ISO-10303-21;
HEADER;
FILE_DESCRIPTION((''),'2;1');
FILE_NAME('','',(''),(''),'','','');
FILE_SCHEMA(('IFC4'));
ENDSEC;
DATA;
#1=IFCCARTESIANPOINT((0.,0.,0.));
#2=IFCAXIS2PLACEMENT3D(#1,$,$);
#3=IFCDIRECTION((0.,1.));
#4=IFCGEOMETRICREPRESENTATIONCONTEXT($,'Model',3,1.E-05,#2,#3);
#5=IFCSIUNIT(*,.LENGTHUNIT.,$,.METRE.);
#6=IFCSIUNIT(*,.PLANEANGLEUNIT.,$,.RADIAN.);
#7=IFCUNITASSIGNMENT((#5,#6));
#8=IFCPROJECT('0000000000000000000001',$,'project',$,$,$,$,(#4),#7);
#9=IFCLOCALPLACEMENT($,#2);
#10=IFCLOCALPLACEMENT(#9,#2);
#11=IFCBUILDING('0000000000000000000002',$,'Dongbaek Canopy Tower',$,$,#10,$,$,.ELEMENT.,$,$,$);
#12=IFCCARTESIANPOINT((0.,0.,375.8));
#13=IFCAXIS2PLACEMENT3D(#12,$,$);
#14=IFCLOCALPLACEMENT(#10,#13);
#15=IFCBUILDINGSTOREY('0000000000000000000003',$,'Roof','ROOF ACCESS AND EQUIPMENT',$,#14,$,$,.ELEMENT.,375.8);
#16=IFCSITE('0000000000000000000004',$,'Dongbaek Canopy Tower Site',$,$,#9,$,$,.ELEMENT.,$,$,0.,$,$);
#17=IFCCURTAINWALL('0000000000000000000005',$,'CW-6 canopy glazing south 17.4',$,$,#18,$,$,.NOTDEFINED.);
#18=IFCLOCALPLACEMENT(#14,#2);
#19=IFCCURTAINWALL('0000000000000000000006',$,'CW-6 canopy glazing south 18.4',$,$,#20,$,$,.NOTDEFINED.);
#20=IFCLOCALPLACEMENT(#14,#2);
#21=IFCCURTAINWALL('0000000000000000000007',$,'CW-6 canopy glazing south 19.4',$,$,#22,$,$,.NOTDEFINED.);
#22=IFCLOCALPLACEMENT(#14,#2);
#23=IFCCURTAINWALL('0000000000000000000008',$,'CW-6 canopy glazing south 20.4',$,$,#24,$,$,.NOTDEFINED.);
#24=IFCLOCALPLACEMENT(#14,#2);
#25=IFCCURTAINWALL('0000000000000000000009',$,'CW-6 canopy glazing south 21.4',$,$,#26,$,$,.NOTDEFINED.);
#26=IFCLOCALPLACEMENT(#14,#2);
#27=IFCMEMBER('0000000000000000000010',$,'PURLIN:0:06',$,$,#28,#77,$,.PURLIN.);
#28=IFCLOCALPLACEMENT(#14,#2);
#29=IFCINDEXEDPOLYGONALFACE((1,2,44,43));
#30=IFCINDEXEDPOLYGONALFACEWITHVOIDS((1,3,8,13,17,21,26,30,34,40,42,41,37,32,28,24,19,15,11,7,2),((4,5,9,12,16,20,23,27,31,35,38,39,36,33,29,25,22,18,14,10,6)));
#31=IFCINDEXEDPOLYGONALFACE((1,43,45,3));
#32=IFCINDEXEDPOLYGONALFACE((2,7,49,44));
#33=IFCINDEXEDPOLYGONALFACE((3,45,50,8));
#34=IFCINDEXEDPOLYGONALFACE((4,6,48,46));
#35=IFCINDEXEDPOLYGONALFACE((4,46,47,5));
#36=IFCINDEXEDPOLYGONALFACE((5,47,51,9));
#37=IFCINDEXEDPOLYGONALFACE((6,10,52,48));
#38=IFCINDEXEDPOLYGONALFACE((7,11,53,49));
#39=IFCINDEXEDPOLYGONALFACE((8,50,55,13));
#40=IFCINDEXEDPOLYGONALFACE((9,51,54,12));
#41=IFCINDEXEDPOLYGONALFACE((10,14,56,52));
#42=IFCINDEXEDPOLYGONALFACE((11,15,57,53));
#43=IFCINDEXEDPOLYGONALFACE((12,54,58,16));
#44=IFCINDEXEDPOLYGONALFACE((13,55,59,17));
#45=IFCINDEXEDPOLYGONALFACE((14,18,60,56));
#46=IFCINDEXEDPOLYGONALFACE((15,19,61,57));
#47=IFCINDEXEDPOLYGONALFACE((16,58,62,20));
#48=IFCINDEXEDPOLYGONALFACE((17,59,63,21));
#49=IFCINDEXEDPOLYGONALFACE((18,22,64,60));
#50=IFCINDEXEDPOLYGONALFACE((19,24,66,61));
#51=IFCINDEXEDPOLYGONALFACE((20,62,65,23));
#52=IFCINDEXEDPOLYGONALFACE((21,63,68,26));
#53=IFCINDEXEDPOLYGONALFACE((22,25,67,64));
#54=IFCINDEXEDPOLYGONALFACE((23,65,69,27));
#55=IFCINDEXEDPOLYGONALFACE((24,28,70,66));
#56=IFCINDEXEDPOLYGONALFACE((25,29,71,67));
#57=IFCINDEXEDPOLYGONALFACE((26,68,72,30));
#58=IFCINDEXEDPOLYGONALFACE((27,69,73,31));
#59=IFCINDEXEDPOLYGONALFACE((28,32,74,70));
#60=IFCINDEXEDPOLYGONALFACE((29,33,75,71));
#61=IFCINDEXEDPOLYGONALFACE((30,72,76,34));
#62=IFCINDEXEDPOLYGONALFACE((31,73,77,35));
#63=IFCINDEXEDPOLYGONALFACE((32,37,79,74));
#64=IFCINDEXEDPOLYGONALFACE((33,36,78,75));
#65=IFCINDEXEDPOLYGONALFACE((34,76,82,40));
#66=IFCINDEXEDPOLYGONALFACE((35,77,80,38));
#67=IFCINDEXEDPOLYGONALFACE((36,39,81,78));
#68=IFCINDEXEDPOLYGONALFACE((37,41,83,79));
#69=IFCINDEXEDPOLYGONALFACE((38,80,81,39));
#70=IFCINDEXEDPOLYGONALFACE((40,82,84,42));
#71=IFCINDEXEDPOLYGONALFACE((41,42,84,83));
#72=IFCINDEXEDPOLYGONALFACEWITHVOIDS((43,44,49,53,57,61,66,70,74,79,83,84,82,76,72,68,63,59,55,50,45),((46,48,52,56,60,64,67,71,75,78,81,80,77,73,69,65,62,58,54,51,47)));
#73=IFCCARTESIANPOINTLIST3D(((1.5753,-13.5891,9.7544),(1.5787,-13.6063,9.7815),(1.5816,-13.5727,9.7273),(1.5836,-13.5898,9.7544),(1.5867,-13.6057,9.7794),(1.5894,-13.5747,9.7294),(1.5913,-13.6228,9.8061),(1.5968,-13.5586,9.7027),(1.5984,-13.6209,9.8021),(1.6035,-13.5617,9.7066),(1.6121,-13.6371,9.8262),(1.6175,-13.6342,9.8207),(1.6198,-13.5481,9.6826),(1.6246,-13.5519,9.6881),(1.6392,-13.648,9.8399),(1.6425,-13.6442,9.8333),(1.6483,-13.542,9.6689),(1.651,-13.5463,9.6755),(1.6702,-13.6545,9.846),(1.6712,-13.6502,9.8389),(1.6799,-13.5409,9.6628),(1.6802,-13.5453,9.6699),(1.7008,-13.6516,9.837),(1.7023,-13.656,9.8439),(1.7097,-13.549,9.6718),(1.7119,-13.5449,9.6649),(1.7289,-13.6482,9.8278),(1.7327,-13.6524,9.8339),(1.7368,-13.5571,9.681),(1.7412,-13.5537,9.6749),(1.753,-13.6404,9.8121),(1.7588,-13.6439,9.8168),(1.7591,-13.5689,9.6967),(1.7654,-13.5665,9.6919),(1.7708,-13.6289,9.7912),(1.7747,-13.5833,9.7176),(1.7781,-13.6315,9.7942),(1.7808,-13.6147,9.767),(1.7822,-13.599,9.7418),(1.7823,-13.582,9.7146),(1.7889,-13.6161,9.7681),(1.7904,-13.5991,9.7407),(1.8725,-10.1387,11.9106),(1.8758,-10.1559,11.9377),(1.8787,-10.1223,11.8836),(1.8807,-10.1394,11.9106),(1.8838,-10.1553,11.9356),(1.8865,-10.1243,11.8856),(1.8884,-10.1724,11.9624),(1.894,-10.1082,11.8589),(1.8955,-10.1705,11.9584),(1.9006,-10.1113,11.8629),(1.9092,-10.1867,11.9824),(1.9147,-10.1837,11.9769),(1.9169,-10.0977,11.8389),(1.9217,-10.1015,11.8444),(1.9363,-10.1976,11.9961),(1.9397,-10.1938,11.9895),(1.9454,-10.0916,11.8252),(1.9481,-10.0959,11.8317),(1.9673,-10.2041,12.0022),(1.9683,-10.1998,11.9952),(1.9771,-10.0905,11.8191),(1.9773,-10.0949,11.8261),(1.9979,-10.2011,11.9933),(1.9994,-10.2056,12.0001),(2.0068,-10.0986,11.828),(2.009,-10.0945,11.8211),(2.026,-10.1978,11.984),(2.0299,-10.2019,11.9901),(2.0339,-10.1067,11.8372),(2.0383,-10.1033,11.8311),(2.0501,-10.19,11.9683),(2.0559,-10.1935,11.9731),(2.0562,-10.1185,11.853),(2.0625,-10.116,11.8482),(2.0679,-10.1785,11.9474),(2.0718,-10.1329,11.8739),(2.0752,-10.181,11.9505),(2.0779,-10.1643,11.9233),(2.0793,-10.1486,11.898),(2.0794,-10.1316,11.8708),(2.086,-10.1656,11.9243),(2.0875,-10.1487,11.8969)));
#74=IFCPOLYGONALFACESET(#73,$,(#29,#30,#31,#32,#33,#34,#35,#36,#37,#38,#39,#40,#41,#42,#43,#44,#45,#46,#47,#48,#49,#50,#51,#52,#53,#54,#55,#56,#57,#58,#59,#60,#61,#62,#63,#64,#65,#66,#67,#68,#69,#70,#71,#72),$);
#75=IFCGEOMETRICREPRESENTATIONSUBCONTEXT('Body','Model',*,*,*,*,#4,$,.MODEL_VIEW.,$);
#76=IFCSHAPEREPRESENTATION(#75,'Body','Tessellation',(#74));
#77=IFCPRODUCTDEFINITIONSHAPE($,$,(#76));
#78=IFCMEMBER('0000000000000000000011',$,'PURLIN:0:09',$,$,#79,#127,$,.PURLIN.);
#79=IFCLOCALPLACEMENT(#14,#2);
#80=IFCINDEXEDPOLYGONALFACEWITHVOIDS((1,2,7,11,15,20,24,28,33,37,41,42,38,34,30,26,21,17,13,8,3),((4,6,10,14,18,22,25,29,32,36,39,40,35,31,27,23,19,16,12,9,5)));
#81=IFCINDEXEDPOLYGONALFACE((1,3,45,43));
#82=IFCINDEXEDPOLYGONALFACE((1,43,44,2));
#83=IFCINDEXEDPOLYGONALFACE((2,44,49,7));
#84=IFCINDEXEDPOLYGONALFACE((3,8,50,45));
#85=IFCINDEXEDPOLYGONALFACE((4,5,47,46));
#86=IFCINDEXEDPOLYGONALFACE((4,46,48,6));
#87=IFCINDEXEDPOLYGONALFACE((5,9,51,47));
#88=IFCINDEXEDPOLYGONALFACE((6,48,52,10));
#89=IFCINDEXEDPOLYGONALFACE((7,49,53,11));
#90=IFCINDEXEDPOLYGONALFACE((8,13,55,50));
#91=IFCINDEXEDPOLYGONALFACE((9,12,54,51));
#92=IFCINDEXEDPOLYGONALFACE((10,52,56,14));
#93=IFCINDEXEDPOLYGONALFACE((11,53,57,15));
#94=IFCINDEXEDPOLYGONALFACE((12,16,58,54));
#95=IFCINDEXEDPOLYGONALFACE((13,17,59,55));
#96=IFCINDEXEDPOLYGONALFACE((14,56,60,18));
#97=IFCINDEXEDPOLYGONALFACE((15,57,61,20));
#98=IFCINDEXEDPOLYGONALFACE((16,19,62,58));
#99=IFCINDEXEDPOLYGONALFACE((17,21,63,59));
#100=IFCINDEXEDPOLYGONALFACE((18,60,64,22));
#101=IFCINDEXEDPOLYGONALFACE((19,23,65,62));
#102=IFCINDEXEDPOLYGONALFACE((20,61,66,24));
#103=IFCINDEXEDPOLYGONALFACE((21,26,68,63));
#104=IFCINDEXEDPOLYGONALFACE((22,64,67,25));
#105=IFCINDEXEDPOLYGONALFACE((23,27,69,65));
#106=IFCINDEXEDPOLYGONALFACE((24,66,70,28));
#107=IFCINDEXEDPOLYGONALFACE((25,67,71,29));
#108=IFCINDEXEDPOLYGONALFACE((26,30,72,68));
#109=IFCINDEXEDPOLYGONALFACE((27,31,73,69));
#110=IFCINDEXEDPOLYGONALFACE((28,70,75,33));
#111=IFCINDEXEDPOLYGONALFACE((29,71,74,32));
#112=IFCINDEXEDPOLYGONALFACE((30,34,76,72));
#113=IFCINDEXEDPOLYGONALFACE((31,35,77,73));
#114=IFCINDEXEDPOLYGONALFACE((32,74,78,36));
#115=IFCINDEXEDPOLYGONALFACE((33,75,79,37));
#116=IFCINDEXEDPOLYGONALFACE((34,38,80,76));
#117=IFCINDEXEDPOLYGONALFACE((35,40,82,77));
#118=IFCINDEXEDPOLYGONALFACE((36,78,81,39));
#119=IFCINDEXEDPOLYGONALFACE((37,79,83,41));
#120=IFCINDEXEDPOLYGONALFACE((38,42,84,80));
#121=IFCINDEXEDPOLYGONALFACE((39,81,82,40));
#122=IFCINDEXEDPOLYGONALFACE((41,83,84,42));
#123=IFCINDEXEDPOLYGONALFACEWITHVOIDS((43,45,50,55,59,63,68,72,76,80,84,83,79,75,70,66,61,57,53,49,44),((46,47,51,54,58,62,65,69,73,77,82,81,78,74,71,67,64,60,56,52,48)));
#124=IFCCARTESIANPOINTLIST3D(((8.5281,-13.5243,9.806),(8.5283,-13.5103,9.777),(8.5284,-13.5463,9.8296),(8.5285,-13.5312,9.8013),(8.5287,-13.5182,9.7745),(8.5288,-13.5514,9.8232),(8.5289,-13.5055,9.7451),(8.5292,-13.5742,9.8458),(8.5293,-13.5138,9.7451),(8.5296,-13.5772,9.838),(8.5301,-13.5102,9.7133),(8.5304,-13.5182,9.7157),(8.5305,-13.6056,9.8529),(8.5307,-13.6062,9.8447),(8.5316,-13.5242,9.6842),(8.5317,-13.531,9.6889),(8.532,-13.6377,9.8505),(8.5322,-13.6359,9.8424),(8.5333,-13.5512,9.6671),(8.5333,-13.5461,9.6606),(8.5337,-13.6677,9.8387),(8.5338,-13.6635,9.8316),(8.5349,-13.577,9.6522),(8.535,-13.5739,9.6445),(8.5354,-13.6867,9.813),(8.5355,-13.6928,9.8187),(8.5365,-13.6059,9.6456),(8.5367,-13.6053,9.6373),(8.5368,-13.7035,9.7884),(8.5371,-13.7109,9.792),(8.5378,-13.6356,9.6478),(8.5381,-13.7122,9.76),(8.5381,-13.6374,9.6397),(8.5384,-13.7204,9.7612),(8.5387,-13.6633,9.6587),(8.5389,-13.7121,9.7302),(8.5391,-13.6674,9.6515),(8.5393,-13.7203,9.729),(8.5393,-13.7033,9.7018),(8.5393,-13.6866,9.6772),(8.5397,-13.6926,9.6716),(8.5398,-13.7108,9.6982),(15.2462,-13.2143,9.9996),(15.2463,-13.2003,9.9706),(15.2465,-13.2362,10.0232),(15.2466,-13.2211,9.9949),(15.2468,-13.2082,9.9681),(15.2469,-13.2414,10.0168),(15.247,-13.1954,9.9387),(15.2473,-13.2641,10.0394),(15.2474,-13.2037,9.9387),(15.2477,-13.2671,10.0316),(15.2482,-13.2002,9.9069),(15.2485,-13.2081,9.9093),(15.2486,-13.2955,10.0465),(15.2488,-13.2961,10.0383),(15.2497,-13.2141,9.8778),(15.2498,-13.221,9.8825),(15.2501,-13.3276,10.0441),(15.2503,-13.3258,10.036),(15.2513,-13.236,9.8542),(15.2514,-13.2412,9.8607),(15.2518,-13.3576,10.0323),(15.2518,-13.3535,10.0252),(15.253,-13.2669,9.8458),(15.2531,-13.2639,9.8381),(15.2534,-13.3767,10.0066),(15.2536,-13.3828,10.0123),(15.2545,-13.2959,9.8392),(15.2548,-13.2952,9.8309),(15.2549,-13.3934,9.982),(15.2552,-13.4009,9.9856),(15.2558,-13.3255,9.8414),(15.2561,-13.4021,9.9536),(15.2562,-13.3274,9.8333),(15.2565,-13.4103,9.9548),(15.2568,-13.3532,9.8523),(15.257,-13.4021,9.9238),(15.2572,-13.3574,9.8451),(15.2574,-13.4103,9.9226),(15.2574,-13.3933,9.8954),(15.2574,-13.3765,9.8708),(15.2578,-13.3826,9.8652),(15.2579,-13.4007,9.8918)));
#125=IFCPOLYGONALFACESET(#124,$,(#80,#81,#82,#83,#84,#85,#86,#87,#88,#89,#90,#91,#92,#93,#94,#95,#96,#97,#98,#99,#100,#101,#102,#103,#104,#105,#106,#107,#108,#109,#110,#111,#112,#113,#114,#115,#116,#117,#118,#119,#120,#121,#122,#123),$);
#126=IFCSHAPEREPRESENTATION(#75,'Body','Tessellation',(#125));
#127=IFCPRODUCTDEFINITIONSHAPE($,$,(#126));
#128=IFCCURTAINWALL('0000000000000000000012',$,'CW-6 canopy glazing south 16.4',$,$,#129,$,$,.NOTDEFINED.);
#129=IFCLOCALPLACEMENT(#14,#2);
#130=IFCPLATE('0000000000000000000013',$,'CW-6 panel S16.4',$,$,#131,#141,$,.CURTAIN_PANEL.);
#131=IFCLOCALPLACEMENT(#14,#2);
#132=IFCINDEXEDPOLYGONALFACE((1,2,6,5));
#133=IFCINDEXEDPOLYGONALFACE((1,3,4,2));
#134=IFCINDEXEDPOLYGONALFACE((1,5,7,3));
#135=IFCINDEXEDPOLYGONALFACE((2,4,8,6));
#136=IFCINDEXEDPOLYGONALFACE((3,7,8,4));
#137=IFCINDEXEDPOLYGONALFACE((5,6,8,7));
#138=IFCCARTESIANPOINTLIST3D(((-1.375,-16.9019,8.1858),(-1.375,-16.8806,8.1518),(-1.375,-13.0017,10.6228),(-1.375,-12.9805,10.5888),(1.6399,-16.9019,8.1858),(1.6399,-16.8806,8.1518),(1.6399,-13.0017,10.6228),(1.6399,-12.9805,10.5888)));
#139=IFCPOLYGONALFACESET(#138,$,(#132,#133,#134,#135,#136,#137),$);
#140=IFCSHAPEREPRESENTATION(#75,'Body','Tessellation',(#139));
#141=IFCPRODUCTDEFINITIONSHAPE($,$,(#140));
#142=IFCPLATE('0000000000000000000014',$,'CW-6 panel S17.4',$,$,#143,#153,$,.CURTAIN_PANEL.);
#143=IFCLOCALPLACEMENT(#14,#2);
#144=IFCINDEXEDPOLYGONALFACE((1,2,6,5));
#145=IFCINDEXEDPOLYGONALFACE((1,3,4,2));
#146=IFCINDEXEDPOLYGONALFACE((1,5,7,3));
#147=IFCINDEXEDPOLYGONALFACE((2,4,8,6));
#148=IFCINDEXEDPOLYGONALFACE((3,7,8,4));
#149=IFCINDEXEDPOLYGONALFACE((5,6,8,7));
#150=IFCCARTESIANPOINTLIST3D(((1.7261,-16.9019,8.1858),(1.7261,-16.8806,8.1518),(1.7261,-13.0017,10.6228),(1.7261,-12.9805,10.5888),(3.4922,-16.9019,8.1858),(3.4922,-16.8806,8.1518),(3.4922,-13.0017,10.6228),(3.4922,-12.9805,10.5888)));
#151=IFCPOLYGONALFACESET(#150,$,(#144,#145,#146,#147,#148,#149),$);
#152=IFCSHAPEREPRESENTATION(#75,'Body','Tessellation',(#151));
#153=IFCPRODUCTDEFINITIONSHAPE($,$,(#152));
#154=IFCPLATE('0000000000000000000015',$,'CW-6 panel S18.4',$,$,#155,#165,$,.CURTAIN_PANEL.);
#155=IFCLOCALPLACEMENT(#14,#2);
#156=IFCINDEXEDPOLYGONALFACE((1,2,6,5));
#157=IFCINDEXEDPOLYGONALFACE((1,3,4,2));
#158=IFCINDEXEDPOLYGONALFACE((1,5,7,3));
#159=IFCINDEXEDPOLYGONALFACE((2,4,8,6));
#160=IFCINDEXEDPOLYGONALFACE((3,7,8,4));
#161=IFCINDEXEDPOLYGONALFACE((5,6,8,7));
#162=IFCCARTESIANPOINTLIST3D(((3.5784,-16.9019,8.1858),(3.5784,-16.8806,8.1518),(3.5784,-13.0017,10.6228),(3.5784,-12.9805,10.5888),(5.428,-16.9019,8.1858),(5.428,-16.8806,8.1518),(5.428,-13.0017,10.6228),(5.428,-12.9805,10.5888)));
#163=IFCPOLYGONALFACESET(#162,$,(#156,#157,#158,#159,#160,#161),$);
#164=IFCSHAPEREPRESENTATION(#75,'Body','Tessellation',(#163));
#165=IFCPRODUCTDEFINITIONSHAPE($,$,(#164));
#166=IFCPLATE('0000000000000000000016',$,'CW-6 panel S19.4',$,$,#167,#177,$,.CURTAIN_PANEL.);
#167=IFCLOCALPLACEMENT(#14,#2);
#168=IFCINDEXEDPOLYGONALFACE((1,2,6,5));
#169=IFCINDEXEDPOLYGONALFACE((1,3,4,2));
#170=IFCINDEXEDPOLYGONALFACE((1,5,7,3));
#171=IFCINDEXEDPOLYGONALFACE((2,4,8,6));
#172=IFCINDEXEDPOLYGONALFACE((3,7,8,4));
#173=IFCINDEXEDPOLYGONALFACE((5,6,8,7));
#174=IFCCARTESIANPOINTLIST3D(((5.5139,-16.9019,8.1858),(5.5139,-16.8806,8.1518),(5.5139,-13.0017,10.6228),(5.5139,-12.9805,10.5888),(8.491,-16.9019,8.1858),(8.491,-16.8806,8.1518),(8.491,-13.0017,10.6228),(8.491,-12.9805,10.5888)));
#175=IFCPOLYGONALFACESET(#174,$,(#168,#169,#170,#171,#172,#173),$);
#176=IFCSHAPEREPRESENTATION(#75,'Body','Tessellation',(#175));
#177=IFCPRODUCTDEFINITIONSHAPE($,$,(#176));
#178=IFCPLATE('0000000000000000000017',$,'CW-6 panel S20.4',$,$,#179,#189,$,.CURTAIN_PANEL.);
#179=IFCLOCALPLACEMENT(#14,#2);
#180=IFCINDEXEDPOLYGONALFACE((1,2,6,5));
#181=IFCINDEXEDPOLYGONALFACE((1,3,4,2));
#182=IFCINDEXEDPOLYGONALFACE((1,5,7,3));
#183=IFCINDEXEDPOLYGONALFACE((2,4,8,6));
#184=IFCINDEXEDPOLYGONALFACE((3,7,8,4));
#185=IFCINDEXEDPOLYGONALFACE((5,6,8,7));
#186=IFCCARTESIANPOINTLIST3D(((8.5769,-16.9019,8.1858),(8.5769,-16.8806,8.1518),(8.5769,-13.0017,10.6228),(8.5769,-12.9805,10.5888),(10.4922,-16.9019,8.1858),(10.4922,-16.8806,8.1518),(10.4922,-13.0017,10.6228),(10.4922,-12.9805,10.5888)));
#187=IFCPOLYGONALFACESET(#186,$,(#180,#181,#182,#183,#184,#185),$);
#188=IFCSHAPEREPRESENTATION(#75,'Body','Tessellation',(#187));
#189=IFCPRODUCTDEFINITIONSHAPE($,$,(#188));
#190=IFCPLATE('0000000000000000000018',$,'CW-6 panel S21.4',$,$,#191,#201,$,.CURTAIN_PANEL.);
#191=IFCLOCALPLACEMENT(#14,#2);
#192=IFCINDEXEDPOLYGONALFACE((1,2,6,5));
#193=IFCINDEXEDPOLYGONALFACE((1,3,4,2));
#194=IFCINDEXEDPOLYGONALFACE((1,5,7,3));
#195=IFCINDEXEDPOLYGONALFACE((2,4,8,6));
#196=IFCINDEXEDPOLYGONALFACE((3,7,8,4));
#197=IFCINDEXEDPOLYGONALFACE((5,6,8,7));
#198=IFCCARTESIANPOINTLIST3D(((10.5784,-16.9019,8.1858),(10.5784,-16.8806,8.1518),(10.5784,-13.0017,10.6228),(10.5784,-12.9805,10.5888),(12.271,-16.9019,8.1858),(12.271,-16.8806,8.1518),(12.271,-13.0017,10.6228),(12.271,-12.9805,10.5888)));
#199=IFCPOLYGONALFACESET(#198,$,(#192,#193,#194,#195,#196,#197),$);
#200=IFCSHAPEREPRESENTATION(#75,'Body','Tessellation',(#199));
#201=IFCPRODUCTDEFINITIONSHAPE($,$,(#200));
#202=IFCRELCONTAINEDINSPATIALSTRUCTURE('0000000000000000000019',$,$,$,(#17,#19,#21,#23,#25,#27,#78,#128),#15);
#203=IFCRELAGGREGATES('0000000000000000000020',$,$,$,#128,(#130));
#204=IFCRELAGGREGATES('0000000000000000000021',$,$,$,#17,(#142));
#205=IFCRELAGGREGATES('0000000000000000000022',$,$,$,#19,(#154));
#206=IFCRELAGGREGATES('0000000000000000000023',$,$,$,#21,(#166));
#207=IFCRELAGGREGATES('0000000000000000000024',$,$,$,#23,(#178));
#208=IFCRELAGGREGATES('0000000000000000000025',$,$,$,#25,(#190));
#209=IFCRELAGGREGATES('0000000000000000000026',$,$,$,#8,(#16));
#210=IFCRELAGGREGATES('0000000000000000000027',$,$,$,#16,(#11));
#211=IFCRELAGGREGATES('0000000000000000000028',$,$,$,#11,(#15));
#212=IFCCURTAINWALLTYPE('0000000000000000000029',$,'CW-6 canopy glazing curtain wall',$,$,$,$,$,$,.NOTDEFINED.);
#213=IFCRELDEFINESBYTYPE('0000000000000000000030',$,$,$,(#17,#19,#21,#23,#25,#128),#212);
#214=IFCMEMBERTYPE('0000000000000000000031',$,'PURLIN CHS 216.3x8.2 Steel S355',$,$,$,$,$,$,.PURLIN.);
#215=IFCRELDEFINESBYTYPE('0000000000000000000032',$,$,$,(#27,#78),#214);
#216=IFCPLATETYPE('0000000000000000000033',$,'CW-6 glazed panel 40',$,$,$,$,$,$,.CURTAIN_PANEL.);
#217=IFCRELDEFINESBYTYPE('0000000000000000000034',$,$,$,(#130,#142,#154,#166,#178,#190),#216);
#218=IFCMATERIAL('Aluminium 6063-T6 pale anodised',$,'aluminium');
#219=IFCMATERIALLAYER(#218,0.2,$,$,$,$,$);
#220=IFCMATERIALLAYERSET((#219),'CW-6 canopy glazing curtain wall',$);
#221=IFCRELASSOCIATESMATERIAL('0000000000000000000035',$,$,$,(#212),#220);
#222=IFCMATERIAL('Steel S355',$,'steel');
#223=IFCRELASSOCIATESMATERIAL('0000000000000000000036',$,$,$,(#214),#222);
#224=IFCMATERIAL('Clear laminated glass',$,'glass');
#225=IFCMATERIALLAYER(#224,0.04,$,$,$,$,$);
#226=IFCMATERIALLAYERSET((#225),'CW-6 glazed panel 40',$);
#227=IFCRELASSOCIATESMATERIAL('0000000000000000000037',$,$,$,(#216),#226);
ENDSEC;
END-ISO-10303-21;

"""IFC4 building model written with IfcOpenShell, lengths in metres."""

from ifc_helpers import new_model, si_unit, direction, frame, origin, origin_2d, place, context, subcontext, project, spatial, polyline, hollow_circle, outline, extrude, material, layer, layer_set, material_profile, profile_set, type_object, element, aggregate, save


model = new_model("IFC4")

# Units and contexts
model_context = context("Model", 3, precision=1e-05, world=origin(), true_north=direction((0.0, 1.0)))
body_context = subcontext(model_context, "Body", "Model", "MODEL_VIEW")
ifc_project = project(units=[si_unit("LENGTHUNIT", "METRE"), si_unit("PLANEANGLEUNIT", "RADIAN")], contexts=[model_context])

# Site, building, storey
site_placement = place(None, origin())
site = spatial("IfcSite", under=ifc_project, at=site_placement, Name="Dongbaek Canopy Tower Site", CompositionType="ELEMENT", RefElevation=0.0)
building_placement = place(site_placement, origin())
building = spatial("IfcBuilding", under=site, at=building_placement, Name="Dongbaek Canopy Tower", CompositionType="ELEMENT")
storey_placement = place(building_placement, frame((0.0, 0.0, 375.8)))
storey = spatial("IfcBuildingStorey", under=building, at=storey_placement, Name="Roof", Description="ROOF ACCESS AND EQUIPMENT", CompositionType="ELEMENT", Elevation=375.8)

# Curtain walls
ifc_material_1 = material(Name="Aluminium 6063-T6 pale anodised", Category="aluminium")
ifc_layer_1 = layer(ifc_material_1, 0.2)
ifc_layer_set_1 = layer_set([ifc_layer_1], Name="CW-6 canopy glazing curtain wall")
curtain_wall_type = type_object("IfcCurtainWallType", Name="CW-6 canopy glazing curtain wall", PredefinedType="NOTDEFINED", material=ifc_layer_set_1)
curtain_wall_1_placement = place(storey_placement, origin())
curtain_wall_1 = element("IfcCurtainWall", 1, at=curtain_wall_1_placement, inside=storey, type_object=curtain_wall_type, Name="CW-6 canopy glazing south 17.4", PredefinedType="NOTDEFINED")
curtain_wall_2_placement = place(storey_placement, origin())
curtain_wall_2 = element("IfcCurtainWall", 2, at=curtain_wall_2_placement, inside=storey, type_object=curtain_wall_type, Name="CW-6 canopy glazing south 18.4", PredefinedType="NOTDEFINED")
curtain_wall_3_placement = place(storey_placement, origin())
curtain_wall_3 = element("IfcCurtainWall", 3, at=curtain_wall_3_placement, inside=storey, type_object=curtain_wall_type, Name="CW-6 canopy glazing south 19.4", PredefinedType="NOTDEFINED")
curtain_wall_4_placement = place(storey_placement, origin())
curtain_wall_4 = element("IfcCurtainWall", 4, at=curtain_wall_4_placement, inside=storey, type_object=curtain_wall_type, Name="CW-6 canopy glazing south 20.4", PredefinedType="NOTDEFINED")
curtain_wall_5_placement = place(storey_placement, origin())
curtain_wall_5 = element("IfcCurtainWall", 5, at=curtain_wall_5_placement, inside=storey, type_object=curtain_wall_type, Name="CW-6 canopy glazing south 21.4", PredefinedType="NOTDEFINED")

# Members
ifc_material_2 = material(Name="Steel S355", Category="steel")
ifc_material_profile_1 = material_profile(ifc_material_2, hollow_circle(Radius=0.1082, WallThickness=0.0083, at=origin_2d()), Name="PURLIN CHS 216.3x8.2 Steel S355")
ifc_profile_set_1 = profile_set([ifc_material_profile_1], Name="Steel S355")
member_type_1 = type_object("IfcMemberType", Name="PURLIN CHS 216.3x8.2 Steel S355", PredefinedType="PURLIN", material=ifc_profile_set_1)
member_1_placement = place(storey_placement, frame((1.6831, -13.5984, 9.7544), z_axis=(0.07283, 0.845777, 0.528543), x_axis=(-0.996313, 0.085793, 0.0)))
element("IfcMember", 6, at=member_1_placement, inside=storey, type_object=member_type_1, Name="PURLIN:0:06", PredefinedType="PURLIN", context=body_context, shape_type="SweptSolid", body=[
    extrude(hollow_circle(Radius=0.1082, WallThickness=0.0083, at=origin_2d()), origin(), (0.0, 0.0, 1.0), 4.0796),
])
member_2_placement = place(storey_placement, frame((8.5339, -13.6135, 9.7451), z_axis=(0.998523, 0.046085, 0.028776), x_axis=(-0.046104, 0.998937, 0.0)))
element("IfcMember", 7, at=member_2_placement, inside=storey, type_object=member_type_1, Name="PURLIN:0:09", PredefinedType="PURLIN", context=body_context, shape_type="SweptSolid", body=[
    extrude(hollow_circle(Radius=0.1082, WallThickness=0.0083, at=origin_2d()), origin(), (0.0, 0.0, 1.0), 6.728),
])

# Curtain wall, plate
curtain_wall_6_placement = place(storey_placement, origin())
curtain_wall_6 = element("IfcCurtainWall", 8, at=curtain_wall_6_placement, inside=storey, type_object=curtain_wall_type, Name="CW-6 canopy glazing south 16.4", PredefinedType="NOTDEFINED")
ifc_material_3 = material(Name="Clear laminated glass", Category="glass")
ifc_layer_2 = layer(ifc_material_3, 0.04)
ifc_layer_set_2 = layer_set([ifc_layer_2], Name="CW-6 glazed panel 40")
plate_type = type_object("IfcPlateType", Name="CW-6 glazed panel 40", PredefinedType="CURTAIN_PANEL", material=ifc_layer_set_2)
plate_1_placement = place(storey_placement, frame((1.6399, -16.9019, 8.1858), z_axis=(0.0, -0.529908, 0.848055), x_axis=(-1.0, 0.0, 0.0)))
plate_1 = element("IfcPlate", 9, at=plate_1_placement, type_object=plate_type, Name="CW-6 panel S16.4", PredefinedType="CURTAIN_PANEL", context=body_context, shape_type="SweptSolid", body=[
    extrude(outline(polyline([(0.0, 0.0), (3.0149, 0.0), (3.0149, -4.5989), (0.0, -4.5989), (0.0, 0.0)])), origin(), (0.0, 0.0, -1.0), 0.04),
])
aggregate(curtain_wall_6, [plate_1])

# Plates
plate_2_placement = place(storey_placement, frame((3.4922, -16.9019, 8.1858), z_axis=(0.0, -0.529908, 0.848055), x_axis=(-1.0, 0.0, 0.0)))
plate_2 = element("IfcPlate", 10, at=plate_2_placement, type_object=plate_type, Name="CW-6 panel S17.4", PredefinedType="CURTAIN_PANEL", context=body_context, shape_type="SweptSolid", body=[
    extrude(outline(polyline([(0.0, 0.0), (1.7661, 0.0), (1.7661, -4.5989), (0.0, -4.5989), (0.0, 0.0)])), origin(), (0.0, 0.0, -1.0), 0.04),
])
aggregate(curtain_wall_1, [plate_2])
plate_3_placement = place(storey_placement, frame((5.428, -16.9019, 8.1858), z_axis=(0.0, -0.529908, 0.848055), x_axis=(-1.0, 0.0, 0.0)))
plate_3 = element("IfcPlate", 11, at=plate_3_placement, type_object=plate_type, Name="CW-6 panel S18.4", PredefinedType="CURTAIN_PANEL", context=body_context, shape_type="SweptSolid", body=[
    extrude(outline(polyline([(0.0, 0.0), (1.8496, 0.0), (1.8496, -4.5989), (0.0, -4.5989), (0.0, 0.0)])), origin(), (0.0, 0.0, -1.0), 0.04),
])
aggregate(curtain_wall_2, [plate_3])
plate_4_placement = place(storey_placement, frame((8.491, -16.9019, 8.1858), z_axis=(0.0, -0.529908, 0.848055), x_axis=(-1.0, 0.0, 0.0)))
plate_4 = element("IfcPlate", 12, at=plate_4_placement, type_object=plate_type, Name="CW-6 panel S19.4", PredefinedType="CURTAIN_PANEL", context=body_context, shape_type="SweptSolid", body=[
    extrude(outline(polyline([(0.0, 0.0), (2.9771, 0.0), (2.9771, -4.5989), (0.0, -4.5989), (0.0, 0.0)])), origin(), (0.0, 0.0, -1.0), 0.04),
])
aggregate(curtain_wall_3, [plate_4])
plate_5_placement = place(storey_placement, frame((10.4922, -16.9019, 8.1858), z_axis=(0.0, -0.529908, 0.848055), x_axis=(-1.0, 0.0, 0.0)))
plate_5 = element("IfcPlate", 13, at=plate_5_placement, type_object=plate_type, Name="CW-6 panel S20.4", PredefinedType="CURTAIN_PANEL", context=body_context, shape_type="SweptSolid", body=[
    extrude(outline(polyline([(0.0, 0.0), (1.9153, 0.0), (1.9153, -4.5989), (0.0, -4.5989), (0.0, 0.0)])), origin(), (0.0, 0.0, -1.0), 0.04),
])
aggregate(curtain_wall_4, [plate_5])
plate_6_placement = place(storey_placement, frame((12.271, -16.9019, 8.1858), z_axis=(0.0, -0.529908, 0.848055), x_axis=(-1.0, 0.0, 0.0)))
plate_6 = element("IfcPlate", 14, at=plate_6_placement, type_object=plate_type, Name="CW-6 panel S21.4", PredefinedType="CURTAIN_PANEL", context=body_context, shape_type="SweptSolid", body=[
    extrude(outline(polyline([(0.0, 0.0), (1.6926, 0.0), (1.6926, -4.5989), (0.0, -4.5989), (0.0, 0.0)])), origin(), (0.0, 0.0, -1.0), 0.04),
])
aggregate(curtain_wall_5, [plate_6])

save(model, "model.ifc")
